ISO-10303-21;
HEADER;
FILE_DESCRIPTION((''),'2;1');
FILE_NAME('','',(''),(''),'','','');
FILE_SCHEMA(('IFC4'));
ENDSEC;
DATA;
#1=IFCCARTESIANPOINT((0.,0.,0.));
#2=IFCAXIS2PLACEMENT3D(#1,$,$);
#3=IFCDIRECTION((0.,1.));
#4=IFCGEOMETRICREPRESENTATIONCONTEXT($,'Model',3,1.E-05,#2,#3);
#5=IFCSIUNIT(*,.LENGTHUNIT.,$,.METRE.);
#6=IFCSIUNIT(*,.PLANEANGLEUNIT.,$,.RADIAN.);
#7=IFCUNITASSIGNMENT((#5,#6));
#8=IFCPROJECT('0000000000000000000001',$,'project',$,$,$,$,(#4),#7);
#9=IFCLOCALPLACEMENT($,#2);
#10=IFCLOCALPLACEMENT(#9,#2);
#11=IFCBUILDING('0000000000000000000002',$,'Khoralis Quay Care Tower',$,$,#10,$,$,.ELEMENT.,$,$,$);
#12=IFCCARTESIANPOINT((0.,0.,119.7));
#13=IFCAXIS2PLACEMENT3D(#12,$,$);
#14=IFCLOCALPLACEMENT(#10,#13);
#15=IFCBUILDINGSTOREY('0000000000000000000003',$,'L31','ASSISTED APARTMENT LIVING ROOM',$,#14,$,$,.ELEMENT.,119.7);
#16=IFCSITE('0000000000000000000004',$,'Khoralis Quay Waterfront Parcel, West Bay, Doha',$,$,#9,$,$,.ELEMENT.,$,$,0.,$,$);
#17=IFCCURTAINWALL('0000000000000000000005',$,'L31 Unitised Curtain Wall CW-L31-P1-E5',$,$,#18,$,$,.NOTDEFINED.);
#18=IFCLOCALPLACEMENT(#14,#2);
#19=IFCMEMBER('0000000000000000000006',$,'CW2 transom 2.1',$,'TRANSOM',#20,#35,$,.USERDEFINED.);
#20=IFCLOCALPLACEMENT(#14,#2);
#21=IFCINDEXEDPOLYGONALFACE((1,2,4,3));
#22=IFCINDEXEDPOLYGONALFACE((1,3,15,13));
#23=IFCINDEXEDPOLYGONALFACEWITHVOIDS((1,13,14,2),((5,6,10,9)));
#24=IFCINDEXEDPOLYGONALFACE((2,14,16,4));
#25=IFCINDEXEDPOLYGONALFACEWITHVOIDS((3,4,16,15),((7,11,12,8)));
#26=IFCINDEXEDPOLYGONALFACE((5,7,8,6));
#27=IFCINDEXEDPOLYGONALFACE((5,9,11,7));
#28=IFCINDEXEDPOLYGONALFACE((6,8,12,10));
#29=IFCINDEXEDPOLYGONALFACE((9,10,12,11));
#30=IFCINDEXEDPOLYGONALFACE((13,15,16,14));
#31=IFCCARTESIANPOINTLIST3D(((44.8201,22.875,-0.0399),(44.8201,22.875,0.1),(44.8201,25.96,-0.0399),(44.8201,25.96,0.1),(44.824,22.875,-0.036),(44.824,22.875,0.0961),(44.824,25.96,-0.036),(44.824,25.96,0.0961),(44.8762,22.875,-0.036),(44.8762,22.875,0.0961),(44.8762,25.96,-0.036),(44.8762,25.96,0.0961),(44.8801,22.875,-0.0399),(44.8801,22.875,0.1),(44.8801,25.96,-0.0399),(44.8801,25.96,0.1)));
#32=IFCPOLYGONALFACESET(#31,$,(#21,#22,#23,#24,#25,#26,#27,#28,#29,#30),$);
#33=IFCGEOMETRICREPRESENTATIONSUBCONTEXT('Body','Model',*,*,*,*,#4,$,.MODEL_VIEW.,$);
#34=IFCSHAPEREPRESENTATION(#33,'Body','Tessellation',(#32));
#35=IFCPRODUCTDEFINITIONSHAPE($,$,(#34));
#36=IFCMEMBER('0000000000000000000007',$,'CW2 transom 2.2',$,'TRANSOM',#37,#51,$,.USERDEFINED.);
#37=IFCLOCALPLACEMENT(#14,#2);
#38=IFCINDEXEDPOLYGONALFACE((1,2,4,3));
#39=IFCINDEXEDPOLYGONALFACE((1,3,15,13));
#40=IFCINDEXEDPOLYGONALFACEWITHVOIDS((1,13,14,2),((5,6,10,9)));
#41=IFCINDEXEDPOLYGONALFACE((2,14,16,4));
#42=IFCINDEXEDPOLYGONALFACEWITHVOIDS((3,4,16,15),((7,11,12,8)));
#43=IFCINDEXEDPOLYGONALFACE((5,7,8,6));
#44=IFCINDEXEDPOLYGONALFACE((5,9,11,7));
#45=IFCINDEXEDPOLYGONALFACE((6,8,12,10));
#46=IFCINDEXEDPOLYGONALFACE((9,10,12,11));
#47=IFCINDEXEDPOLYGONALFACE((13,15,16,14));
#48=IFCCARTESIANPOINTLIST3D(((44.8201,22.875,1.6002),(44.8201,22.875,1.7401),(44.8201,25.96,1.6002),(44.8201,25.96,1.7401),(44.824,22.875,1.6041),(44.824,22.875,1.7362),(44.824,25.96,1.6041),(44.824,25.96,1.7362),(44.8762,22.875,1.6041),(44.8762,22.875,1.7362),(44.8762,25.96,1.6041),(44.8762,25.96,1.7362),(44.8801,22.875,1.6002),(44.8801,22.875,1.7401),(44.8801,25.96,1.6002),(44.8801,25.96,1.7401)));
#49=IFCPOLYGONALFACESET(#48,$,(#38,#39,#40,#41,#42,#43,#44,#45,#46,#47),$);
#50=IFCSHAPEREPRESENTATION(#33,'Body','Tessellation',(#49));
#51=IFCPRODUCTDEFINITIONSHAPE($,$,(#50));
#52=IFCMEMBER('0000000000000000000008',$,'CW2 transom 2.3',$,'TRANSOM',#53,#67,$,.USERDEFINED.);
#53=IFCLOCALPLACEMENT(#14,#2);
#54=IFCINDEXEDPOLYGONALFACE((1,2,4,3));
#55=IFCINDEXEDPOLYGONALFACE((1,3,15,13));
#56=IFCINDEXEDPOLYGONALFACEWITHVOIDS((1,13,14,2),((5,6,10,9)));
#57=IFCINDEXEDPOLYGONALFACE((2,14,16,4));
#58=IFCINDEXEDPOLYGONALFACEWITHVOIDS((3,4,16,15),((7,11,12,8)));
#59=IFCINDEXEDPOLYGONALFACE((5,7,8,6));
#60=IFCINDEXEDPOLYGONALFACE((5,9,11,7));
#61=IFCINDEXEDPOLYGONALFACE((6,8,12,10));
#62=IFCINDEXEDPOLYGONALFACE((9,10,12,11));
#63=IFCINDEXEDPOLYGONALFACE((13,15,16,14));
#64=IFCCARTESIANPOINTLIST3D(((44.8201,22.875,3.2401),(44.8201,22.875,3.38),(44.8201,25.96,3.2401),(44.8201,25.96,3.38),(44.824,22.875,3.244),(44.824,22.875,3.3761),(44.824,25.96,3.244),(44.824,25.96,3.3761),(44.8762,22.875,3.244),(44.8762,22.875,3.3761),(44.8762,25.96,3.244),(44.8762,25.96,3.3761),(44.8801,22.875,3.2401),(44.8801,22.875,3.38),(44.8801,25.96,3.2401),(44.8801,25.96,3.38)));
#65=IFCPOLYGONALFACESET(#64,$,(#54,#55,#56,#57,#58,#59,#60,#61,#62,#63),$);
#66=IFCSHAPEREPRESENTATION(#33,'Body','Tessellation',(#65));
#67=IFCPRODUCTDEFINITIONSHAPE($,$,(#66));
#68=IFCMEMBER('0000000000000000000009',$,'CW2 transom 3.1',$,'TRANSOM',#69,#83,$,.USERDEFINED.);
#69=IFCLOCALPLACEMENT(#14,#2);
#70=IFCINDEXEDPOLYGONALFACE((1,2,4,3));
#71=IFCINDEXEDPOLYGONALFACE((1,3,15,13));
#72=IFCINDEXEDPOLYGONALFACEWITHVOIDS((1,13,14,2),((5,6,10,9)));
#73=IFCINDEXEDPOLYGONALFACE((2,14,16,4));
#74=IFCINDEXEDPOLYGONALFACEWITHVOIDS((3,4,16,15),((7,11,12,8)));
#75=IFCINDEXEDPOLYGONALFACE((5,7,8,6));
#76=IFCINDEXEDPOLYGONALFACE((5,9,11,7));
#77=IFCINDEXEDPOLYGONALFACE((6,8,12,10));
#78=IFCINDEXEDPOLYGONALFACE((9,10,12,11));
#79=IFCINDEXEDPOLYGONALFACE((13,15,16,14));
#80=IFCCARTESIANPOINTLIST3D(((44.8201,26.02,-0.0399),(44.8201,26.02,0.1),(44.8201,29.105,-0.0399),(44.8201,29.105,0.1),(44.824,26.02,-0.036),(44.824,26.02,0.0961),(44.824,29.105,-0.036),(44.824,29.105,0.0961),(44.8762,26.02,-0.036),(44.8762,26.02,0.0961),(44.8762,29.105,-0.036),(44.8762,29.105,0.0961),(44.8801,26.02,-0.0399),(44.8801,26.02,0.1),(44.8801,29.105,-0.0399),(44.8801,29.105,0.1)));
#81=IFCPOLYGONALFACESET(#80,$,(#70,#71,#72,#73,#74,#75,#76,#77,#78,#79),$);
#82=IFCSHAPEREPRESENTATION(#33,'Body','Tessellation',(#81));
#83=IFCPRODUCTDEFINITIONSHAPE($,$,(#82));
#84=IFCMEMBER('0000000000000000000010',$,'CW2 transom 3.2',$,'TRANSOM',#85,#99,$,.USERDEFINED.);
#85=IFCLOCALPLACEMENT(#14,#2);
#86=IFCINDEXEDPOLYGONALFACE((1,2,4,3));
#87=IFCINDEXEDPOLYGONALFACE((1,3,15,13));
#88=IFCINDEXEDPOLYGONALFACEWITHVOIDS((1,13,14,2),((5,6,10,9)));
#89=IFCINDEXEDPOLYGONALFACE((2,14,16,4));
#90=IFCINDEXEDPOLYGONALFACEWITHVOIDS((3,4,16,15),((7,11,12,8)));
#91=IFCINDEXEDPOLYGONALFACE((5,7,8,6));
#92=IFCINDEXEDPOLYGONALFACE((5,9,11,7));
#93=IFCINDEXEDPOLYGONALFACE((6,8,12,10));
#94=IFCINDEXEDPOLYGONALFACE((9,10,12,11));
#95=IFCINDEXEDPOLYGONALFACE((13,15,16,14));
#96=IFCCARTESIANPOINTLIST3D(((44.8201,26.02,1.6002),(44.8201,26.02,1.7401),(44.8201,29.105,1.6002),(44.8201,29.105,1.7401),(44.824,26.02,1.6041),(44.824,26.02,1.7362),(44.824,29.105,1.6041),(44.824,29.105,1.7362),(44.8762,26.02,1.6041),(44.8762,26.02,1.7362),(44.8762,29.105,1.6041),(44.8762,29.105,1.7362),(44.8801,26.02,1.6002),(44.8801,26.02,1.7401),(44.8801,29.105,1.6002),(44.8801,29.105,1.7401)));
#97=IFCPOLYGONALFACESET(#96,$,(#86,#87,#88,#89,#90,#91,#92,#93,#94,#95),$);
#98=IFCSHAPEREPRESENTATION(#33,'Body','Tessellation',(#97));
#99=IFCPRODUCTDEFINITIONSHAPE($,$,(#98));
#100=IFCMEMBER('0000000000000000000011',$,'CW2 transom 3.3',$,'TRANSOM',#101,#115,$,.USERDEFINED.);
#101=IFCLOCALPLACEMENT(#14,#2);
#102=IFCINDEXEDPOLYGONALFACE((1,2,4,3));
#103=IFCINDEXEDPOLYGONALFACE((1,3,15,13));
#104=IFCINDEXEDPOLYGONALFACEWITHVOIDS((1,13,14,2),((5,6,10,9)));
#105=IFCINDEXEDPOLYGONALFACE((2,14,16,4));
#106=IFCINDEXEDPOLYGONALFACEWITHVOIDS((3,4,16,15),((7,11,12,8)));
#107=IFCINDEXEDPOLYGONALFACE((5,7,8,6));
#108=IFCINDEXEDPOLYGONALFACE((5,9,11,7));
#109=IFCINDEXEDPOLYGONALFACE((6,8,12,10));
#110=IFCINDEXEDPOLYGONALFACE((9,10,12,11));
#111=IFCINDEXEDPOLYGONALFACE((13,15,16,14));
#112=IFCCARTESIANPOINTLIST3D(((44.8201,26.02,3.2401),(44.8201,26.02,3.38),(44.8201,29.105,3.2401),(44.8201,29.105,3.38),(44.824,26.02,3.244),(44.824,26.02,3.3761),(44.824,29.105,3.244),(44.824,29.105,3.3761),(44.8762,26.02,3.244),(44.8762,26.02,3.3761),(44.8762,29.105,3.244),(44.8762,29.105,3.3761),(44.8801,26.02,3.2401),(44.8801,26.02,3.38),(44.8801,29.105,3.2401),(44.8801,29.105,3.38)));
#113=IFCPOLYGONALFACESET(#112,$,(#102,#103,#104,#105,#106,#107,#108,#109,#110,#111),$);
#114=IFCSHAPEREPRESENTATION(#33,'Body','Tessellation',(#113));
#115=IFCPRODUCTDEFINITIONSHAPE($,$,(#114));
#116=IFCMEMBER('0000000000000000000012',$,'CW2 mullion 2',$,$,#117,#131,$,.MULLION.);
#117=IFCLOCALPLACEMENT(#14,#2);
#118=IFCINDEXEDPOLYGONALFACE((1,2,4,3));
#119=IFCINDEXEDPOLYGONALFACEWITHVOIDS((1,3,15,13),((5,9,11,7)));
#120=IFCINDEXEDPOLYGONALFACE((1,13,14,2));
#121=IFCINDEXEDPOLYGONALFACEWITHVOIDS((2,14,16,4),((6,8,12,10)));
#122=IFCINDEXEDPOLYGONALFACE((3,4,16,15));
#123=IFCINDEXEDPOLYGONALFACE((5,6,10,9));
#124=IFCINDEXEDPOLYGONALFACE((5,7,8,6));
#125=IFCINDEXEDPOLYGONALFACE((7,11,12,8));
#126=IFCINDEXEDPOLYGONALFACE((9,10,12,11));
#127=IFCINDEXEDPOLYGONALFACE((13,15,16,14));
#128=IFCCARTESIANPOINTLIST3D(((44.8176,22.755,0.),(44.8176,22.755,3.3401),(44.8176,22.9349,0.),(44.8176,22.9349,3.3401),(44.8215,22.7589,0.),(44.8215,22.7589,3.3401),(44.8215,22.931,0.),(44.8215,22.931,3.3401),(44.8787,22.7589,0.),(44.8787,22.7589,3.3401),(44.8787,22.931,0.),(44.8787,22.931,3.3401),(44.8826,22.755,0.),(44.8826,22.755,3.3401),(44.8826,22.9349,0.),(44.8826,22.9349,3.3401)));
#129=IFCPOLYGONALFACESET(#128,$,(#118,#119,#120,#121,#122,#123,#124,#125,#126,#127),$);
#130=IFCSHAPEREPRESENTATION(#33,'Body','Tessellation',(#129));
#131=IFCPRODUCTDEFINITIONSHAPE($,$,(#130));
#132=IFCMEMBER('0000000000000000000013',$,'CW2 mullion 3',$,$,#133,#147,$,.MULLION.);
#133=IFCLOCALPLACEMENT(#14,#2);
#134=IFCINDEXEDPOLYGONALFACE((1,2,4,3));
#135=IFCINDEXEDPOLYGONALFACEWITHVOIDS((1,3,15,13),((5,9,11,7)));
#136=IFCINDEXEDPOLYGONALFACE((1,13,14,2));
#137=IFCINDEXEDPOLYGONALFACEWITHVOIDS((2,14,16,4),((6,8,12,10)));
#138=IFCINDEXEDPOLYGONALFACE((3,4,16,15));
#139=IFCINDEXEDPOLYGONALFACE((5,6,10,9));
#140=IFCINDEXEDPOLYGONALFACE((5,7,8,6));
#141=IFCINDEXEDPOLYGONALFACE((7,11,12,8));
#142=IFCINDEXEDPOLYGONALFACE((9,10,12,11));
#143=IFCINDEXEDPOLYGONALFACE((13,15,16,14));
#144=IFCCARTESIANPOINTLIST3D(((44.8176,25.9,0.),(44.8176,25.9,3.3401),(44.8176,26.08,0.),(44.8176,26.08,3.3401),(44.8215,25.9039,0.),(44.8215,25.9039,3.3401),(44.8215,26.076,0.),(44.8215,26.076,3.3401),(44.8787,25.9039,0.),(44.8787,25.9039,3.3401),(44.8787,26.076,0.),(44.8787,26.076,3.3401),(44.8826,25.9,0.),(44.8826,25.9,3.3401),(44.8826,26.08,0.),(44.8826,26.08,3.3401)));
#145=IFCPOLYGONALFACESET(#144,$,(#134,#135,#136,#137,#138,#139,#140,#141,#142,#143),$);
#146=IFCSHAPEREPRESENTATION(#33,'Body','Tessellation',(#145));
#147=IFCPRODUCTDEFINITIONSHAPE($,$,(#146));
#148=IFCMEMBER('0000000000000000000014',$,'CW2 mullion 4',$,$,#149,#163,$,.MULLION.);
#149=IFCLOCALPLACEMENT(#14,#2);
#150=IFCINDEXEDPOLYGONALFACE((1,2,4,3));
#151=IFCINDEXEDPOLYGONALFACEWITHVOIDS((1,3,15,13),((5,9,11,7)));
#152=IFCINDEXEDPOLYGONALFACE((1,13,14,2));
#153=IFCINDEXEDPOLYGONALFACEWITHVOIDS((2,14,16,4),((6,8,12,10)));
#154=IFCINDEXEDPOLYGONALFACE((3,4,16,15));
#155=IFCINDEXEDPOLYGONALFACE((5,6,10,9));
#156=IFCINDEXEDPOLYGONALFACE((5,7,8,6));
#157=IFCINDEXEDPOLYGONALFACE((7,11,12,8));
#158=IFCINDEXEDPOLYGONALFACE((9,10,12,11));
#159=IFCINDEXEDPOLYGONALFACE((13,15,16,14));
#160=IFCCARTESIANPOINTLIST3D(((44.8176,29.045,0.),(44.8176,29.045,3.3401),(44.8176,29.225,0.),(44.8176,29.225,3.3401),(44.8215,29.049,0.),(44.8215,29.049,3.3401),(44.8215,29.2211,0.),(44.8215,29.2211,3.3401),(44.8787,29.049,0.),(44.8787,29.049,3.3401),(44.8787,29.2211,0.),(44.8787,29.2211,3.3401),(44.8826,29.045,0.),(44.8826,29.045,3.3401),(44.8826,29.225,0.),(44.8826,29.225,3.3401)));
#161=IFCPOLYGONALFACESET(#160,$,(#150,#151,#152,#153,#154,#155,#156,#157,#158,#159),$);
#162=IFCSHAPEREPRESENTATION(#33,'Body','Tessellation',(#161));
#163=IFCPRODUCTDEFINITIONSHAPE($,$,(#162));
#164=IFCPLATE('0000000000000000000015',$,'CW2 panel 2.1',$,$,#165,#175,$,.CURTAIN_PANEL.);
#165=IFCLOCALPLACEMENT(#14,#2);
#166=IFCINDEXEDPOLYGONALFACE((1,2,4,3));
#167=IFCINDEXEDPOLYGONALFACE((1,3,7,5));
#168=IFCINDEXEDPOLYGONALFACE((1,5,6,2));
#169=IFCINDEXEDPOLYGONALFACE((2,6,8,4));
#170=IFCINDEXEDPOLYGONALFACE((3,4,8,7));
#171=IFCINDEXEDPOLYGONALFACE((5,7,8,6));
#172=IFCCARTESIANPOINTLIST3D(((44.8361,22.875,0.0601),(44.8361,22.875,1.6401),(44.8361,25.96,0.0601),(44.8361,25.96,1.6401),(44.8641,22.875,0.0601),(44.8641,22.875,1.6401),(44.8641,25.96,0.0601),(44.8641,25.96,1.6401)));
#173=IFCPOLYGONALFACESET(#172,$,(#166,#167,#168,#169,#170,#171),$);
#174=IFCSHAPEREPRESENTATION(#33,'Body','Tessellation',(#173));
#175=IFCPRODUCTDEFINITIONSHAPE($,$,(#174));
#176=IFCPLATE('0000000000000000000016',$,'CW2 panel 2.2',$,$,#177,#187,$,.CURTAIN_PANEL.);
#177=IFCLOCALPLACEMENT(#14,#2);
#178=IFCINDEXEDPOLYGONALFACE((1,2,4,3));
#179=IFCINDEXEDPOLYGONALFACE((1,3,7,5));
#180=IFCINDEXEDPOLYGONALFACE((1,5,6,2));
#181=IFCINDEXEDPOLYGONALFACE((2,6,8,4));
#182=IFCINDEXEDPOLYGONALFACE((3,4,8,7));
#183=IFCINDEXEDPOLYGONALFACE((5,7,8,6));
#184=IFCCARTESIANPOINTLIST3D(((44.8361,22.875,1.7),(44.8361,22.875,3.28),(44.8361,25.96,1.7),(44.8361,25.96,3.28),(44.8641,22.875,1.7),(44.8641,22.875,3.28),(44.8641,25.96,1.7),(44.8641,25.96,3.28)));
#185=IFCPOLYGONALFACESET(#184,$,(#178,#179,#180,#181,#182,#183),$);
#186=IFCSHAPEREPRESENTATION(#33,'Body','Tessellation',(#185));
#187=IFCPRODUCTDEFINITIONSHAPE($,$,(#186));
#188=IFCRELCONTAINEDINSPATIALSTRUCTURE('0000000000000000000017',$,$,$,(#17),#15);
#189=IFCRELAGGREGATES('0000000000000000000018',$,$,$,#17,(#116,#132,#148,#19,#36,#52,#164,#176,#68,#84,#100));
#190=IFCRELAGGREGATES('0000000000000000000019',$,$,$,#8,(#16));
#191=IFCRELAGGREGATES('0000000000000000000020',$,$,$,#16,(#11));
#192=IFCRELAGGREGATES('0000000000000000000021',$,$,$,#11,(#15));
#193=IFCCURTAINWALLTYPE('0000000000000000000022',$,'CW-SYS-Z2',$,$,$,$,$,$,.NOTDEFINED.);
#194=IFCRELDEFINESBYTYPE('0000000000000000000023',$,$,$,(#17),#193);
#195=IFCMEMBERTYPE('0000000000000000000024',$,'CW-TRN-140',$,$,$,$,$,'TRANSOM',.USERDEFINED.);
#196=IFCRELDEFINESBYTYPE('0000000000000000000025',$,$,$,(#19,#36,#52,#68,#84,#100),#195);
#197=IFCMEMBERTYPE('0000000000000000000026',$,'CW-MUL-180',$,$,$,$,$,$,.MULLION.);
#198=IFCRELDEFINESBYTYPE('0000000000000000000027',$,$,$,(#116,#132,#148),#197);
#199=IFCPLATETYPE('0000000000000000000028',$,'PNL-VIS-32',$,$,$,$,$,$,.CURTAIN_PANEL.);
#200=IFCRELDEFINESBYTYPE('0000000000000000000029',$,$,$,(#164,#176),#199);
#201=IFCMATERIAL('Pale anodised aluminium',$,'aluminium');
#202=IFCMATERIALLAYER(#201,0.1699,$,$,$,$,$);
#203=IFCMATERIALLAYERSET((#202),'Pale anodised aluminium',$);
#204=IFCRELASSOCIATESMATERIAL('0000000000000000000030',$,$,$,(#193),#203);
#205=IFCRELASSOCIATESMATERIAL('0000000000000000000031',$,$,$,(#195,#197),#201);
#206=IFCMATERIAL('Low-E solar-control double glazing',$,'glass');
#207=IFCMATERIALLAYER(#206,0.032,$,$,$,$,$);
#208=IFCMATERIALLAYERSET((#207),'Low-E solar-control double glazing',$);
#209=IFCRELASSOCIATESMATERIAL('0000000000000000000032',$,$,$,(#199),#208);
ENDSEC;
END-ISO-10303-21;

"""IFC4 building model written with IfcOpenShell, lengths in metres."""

from ifc_helpers import new_model, si_unit, direction, frame, origin, origin_2d, place, context, subcontext, project, spatial, rectangle, hollow_rectangle, extrude, source, transform, mapped, material, layer, layer_set, material_profile, profile_set, type_object, element, aggregate, save


model = new_model("IFC4")

# Units and contexts
model_context = context("Model", 3, precision=1e-05, world=origin(), true_north=direction((0.0, 1.0)))
body_context = subcontext(model_context, "Body", "Model", "MODEL_VIEW")
ifc_project = project(units=[si_unit("LENGTHUNIT", "METRE"), si_unit("PLANEANGLEUNIT", "RADIAN")], contexts=[model_context])

# Site, building, storey
site_placement = place(None, origin())
site = spatial("IfcSite", under=ifc_project, at=site_placement, Name="Khoralis Quay Waterfront Parcel, West Bay, Doha", CompositionType="ELEMENT", RefElevation=0.0)
building_placement = place(site_placement, origin())
building = spatial("IfcBuilding", under=site, at=building_placement, Name="Khoralis Quay Care Tower", CompositionType="ELEMENT")
storey_placement = place(building_placement, frame((0.0, 0.0, 119.7)))
storey = spatial("IfcBuildingStorey", under=building, at=storey_placement, Name="L31", Description="ASSISTED APARTMENT LIVING ROOM", CompositionType="ELEMENT", Elevation=119.7)

# Curtain wall, members, plates
ifc_material_1 = material(Name="Pale anodised aluminium", Category="aluminium")
ifc_layer_1 = layer(ifc_material_1, 0.1699)
ifc_layer_set_1 = layer_set([ifc_layer_1], Name="Pale anodised aluminium")
curtain_wall_type = type_object("IfcCurtainWallType", Name="CW-SYS-Z2", PredefinedType="NOTDEFINED", material=ifc_layer_set_1)
curtain_wall_placement = place(storey_placement, origin())
curtain_wall = element("IfcCurtainWall", 1, at=curtain_wall_placement, inside=storey, type_object=curtain_wall_type, Name="L31 Unitised Curtain Wall CW-L31-P1-E5", PredefinedType="NOTDEFINED")
ifc_material_profile_1 = material_profile(ifc_material_1, hollow_rectangle(XDim=0.0601, YDim=0.1399, WallThickness=0.0039, at=origin_2d()), Name="Pale anodised aluminium")
ifc_profile_set_1 = profile_set([ifc_material_profile_1], Name="Pale anodised aluminium")
member_type_1 = type_object("IfcMemberType", Name="CW-TRN-140", ElementType="TRANSOM", PredefinedType="USERDEFINED", material=ifc_profile_set_1)
shared_shape_1 = source(origin(), body_context, "Body", "SweptSolid", [
    extrude(hollow_rectangle(XDim=0.0601, YDim=0.1399, WallThickness=0.0039, at=origin_2d()), origin(), (0.0, 0.0, 1.0), 3.085),
])
member_1_placement = place(storey_placement, frame((44.8501, 22.875, 0.03), z_axis=(0.0, 1.0, 0.0), x_axis=(-1.0, 0.0, 0.0)))
member_1 = element("IfcMember", 2, at=member_1_placement, type_object=member_type_1, Name="CW2 transom 2.1", ObjectType="TRANSOM", PredefinedType="USERDEFINED", context=body_context, shape_type="MappedRepresentation", body=[
    mapped(shared_shape_1, transform((0.0, 0.0, 0.0), scale=1.0)),
])
member_2_placement = place(storey_placement, frame((44.8501, 22.875, 1.6702), z_axis=(0.0, 1.0, 0.0), x_axis=(-1.0, 0.0, 0.0)))
member_2 = element("IfcMember", 3, at=member_2_placement, type_object=member_type_1, Name="CW2 transom 2.2", ObjectType="TRANSOM", PredefinedType="USERDEFINED", context=body_context, shape_type="MappedRepresentation", body=[
    mapped(shared_shape_1, transform((0.0, 0.0, 0.0), scale=1.0)),
])
member_3_placement = place(storey_placement, frame((44.8501, 22.875, 3.3101), z_axis=(0.0, 1.0, 0.0), x_axis=(-1.0, 0.0, 0.0)))
member_3 = element("IfcMember", 4, at=member_3_placement, type_object=member_type_1, Name="CW2 transom 2.3", ObjectType="TRANSOM", PredefinedType="USERDEFINED", context=body_context, shape_type="MappedRepresentation", body=[
    mapped(shared_shape_1, transform((0.0, 0.0, 0.0), scale=1.0)),
])
member_4_placement = place(storey_placement, frame((44.8501, 26.02, 0.03), z_axis=(0.0, 1.0, 0.0), x_axis=(-1.0, 0.0, 0.0)))
member_4 = element("IfcMember", 5, at=member_4_placement, type_object=member_type_1, Name="CW2 transom 3.1", ObjectType="TRANSOM", PredefinedType="USERDEFINED", context=body_context, shape_type="MappedRepresentation", body=[
    mapped(shared_shape_1, transform((0.0, 0.0, 0.0), scale=1.0)),
])
member_5_placement = place(storey_placement, frame((44.8501, 26.02, 1.6702), z_axis=(0.0, 1.0, 0.0), x_axis=(-1.0, 0.0, 0.0)))
member_5 = element("IfcMember", 6, at=member_5_placement, type_object=member_type_1, Name="CW2 transom 3.2", ObjectType="TRANSOM", PredefinedType="USERDEFINED", context=body_context, shape_type="MappedRepresentation", body=[
    mapped(shared_shape_1, transform((0.0, 0.0, 0.0), scale=1.0)),
])
member_6_placement = place(storey_placement, frame((44.8501, 26.02, 3.3101), z_axis=(0.0, 1.0, 0.0), x_axis=(-1.0, 0.0, 0.0)))
member_6 = element("IfcMember", 7, at=member_6_placement, type_object=member_type_1, Name="CW2 transom 3.3", ObjectType="TRANSOM", PredefinedType="USERDEFINED", context=body_context, shape_type="MappedRepresentation", body=[
    mapped(shared_shape_1, transform((0.0, 0.0, 0.0), scale=1.0)),
])
ifc_material_profile_2 = material_profile(ifc_material_1, hollow_rectangle(XDim=0.0649, YDim=0.1799, WallThickness=0.0039, at=origin_2d()), Name="Pale anodised aluminium")
ifc_profile_set_2 = profile_set([ifc_material_profile_2], Name="Pale anodised aluminium")
member_type_2 = type_object("IfcMemberType", Name="CW-MUL-180", PredefinedType="MULLION", material=ifc_profile_set_2)
shared_shape_2 = source(origin(), body_context, "Body", "SweptSolid", [
    extrude(hollow_rectangle(XDim=0.0649, YDim=0.1799, WallThickness=0.0039, at=origin_2d()), origin(), (0.0, 0.0, 1.0), 3.3401),
])
member_7_placement = place(storey_placement, frame((44.8501, 22.845, 0.0), z_axis=(0.0, 0.0, 1.0), x_axis=(-1.0, 0.0, 0.0)))
member_7 = element("IfcMember", 8, at=member_7_placement, type_object=member_type_2, Name="CW2 mullion 2", PredefinedType="MULLION", context=body_context, shape_type="MappedRepresentation", body=[
    mapped(shared_shape_2, transform((0.0, 0.0, 0.0), scale=1.0)),
])
member_8_placement = place(storey_placement, frame((44.8501, 25.99, 0.0), z_axis=(0.0, 0.0, 1.0), x_axis=(-1.0, 0.0, 0.0)))
member_8 = element("IfcMember", 9, at=member_8_placement, type_object=member_type_2, Name="CW2 mullion 3", PredefinedType="MULLION", context=body_context, shape_type="MappedRepresentation", body=[
    mapped(shared_shape_2, transform((0.0, 0.0, 0.0), scale=1.0)),
])
member_9_placement = place(storey_placement, frame((44.8501, 29.135, 0.0), z_axis=(0.0, 0.0, 1.0), x_axis=(-1.0, 0.0, 0.0)))
member_9 = element("IfcMember", 10, at=member_9_placement, type_object=member_type_2, Name="CW2 mullion 4", PredefinedType="MULLION", context=body_context, shape_type="MappedRepresentation", body=[
    mapped(shared_shape_2, transform((0.0, 0.0, 0.0), scale=1.0)),
])
ifc_material_2 = material(Name="Low-E solar-control double glazing", Category="glass")
ifc_layer_2 = layer(ifc_material_2, 0.032)
ifc_layer_set_2 = layer_set([ifc_layer_2], Name="Low-E solar-control double glazing")
plate_type = type_object("IfcPlateType", Name="PNL-VIS-32", PredefinedType="CURTAIN_PANEL", material=ifc_layer_set_2)
shared_shape_3 = source(origin(), body_context, "Body", "SweptSolid", [
    extrude(rectangle(XDim=3.085, YDim=0.0281, at=origin_2d()), origin(), (0.0, 0.0, 1.0), 1.5801),
])
plate_1_placement = place(storey_placement, frame((44.8501, 24.4175, 0.0601), z_axis=(0.0, 0.0, 1.0), x_axis=(0.0, 1.0, 0.0)))
plate_1 = element("IfcPlate", 11, at=plate_1_placement, type_object=plate_type, Name="CW2 panel 2.1", PredefinedType="CURTAIN_PANEL", context=body_context, shape_type="MappedRepresentation", body=[
    mapped(shared_shape_3, transform((0.0, 0.0, 0.0), scale=1.0)),
])
plate_2_placement = place(storey_placement, frame((44.8501, 24.4175, 1.7), z_axis=(0.0, 0.0, 1.0), x_axis=(0.0, 1.0, 0.0)))
plate_2 = element("IfcPlate", 12, at=plate_2_placement, type_object=plate_type, Name="CW2 panel 2.2", PredefinedType="CURTAIN_PANEL", context=body_context, shape_type="MappedRepresentation", body=[
    mapped(shared_shape_3, transform((0.0, 0.0, 0.0), scale=1.0)),
])
aggregate(curtain_wall, [member_7, member_8, member_9, member_1, member_2, member_3, plate_1, plate_2, member_4, member_5, member_6])

save(model, "model.ifc")
